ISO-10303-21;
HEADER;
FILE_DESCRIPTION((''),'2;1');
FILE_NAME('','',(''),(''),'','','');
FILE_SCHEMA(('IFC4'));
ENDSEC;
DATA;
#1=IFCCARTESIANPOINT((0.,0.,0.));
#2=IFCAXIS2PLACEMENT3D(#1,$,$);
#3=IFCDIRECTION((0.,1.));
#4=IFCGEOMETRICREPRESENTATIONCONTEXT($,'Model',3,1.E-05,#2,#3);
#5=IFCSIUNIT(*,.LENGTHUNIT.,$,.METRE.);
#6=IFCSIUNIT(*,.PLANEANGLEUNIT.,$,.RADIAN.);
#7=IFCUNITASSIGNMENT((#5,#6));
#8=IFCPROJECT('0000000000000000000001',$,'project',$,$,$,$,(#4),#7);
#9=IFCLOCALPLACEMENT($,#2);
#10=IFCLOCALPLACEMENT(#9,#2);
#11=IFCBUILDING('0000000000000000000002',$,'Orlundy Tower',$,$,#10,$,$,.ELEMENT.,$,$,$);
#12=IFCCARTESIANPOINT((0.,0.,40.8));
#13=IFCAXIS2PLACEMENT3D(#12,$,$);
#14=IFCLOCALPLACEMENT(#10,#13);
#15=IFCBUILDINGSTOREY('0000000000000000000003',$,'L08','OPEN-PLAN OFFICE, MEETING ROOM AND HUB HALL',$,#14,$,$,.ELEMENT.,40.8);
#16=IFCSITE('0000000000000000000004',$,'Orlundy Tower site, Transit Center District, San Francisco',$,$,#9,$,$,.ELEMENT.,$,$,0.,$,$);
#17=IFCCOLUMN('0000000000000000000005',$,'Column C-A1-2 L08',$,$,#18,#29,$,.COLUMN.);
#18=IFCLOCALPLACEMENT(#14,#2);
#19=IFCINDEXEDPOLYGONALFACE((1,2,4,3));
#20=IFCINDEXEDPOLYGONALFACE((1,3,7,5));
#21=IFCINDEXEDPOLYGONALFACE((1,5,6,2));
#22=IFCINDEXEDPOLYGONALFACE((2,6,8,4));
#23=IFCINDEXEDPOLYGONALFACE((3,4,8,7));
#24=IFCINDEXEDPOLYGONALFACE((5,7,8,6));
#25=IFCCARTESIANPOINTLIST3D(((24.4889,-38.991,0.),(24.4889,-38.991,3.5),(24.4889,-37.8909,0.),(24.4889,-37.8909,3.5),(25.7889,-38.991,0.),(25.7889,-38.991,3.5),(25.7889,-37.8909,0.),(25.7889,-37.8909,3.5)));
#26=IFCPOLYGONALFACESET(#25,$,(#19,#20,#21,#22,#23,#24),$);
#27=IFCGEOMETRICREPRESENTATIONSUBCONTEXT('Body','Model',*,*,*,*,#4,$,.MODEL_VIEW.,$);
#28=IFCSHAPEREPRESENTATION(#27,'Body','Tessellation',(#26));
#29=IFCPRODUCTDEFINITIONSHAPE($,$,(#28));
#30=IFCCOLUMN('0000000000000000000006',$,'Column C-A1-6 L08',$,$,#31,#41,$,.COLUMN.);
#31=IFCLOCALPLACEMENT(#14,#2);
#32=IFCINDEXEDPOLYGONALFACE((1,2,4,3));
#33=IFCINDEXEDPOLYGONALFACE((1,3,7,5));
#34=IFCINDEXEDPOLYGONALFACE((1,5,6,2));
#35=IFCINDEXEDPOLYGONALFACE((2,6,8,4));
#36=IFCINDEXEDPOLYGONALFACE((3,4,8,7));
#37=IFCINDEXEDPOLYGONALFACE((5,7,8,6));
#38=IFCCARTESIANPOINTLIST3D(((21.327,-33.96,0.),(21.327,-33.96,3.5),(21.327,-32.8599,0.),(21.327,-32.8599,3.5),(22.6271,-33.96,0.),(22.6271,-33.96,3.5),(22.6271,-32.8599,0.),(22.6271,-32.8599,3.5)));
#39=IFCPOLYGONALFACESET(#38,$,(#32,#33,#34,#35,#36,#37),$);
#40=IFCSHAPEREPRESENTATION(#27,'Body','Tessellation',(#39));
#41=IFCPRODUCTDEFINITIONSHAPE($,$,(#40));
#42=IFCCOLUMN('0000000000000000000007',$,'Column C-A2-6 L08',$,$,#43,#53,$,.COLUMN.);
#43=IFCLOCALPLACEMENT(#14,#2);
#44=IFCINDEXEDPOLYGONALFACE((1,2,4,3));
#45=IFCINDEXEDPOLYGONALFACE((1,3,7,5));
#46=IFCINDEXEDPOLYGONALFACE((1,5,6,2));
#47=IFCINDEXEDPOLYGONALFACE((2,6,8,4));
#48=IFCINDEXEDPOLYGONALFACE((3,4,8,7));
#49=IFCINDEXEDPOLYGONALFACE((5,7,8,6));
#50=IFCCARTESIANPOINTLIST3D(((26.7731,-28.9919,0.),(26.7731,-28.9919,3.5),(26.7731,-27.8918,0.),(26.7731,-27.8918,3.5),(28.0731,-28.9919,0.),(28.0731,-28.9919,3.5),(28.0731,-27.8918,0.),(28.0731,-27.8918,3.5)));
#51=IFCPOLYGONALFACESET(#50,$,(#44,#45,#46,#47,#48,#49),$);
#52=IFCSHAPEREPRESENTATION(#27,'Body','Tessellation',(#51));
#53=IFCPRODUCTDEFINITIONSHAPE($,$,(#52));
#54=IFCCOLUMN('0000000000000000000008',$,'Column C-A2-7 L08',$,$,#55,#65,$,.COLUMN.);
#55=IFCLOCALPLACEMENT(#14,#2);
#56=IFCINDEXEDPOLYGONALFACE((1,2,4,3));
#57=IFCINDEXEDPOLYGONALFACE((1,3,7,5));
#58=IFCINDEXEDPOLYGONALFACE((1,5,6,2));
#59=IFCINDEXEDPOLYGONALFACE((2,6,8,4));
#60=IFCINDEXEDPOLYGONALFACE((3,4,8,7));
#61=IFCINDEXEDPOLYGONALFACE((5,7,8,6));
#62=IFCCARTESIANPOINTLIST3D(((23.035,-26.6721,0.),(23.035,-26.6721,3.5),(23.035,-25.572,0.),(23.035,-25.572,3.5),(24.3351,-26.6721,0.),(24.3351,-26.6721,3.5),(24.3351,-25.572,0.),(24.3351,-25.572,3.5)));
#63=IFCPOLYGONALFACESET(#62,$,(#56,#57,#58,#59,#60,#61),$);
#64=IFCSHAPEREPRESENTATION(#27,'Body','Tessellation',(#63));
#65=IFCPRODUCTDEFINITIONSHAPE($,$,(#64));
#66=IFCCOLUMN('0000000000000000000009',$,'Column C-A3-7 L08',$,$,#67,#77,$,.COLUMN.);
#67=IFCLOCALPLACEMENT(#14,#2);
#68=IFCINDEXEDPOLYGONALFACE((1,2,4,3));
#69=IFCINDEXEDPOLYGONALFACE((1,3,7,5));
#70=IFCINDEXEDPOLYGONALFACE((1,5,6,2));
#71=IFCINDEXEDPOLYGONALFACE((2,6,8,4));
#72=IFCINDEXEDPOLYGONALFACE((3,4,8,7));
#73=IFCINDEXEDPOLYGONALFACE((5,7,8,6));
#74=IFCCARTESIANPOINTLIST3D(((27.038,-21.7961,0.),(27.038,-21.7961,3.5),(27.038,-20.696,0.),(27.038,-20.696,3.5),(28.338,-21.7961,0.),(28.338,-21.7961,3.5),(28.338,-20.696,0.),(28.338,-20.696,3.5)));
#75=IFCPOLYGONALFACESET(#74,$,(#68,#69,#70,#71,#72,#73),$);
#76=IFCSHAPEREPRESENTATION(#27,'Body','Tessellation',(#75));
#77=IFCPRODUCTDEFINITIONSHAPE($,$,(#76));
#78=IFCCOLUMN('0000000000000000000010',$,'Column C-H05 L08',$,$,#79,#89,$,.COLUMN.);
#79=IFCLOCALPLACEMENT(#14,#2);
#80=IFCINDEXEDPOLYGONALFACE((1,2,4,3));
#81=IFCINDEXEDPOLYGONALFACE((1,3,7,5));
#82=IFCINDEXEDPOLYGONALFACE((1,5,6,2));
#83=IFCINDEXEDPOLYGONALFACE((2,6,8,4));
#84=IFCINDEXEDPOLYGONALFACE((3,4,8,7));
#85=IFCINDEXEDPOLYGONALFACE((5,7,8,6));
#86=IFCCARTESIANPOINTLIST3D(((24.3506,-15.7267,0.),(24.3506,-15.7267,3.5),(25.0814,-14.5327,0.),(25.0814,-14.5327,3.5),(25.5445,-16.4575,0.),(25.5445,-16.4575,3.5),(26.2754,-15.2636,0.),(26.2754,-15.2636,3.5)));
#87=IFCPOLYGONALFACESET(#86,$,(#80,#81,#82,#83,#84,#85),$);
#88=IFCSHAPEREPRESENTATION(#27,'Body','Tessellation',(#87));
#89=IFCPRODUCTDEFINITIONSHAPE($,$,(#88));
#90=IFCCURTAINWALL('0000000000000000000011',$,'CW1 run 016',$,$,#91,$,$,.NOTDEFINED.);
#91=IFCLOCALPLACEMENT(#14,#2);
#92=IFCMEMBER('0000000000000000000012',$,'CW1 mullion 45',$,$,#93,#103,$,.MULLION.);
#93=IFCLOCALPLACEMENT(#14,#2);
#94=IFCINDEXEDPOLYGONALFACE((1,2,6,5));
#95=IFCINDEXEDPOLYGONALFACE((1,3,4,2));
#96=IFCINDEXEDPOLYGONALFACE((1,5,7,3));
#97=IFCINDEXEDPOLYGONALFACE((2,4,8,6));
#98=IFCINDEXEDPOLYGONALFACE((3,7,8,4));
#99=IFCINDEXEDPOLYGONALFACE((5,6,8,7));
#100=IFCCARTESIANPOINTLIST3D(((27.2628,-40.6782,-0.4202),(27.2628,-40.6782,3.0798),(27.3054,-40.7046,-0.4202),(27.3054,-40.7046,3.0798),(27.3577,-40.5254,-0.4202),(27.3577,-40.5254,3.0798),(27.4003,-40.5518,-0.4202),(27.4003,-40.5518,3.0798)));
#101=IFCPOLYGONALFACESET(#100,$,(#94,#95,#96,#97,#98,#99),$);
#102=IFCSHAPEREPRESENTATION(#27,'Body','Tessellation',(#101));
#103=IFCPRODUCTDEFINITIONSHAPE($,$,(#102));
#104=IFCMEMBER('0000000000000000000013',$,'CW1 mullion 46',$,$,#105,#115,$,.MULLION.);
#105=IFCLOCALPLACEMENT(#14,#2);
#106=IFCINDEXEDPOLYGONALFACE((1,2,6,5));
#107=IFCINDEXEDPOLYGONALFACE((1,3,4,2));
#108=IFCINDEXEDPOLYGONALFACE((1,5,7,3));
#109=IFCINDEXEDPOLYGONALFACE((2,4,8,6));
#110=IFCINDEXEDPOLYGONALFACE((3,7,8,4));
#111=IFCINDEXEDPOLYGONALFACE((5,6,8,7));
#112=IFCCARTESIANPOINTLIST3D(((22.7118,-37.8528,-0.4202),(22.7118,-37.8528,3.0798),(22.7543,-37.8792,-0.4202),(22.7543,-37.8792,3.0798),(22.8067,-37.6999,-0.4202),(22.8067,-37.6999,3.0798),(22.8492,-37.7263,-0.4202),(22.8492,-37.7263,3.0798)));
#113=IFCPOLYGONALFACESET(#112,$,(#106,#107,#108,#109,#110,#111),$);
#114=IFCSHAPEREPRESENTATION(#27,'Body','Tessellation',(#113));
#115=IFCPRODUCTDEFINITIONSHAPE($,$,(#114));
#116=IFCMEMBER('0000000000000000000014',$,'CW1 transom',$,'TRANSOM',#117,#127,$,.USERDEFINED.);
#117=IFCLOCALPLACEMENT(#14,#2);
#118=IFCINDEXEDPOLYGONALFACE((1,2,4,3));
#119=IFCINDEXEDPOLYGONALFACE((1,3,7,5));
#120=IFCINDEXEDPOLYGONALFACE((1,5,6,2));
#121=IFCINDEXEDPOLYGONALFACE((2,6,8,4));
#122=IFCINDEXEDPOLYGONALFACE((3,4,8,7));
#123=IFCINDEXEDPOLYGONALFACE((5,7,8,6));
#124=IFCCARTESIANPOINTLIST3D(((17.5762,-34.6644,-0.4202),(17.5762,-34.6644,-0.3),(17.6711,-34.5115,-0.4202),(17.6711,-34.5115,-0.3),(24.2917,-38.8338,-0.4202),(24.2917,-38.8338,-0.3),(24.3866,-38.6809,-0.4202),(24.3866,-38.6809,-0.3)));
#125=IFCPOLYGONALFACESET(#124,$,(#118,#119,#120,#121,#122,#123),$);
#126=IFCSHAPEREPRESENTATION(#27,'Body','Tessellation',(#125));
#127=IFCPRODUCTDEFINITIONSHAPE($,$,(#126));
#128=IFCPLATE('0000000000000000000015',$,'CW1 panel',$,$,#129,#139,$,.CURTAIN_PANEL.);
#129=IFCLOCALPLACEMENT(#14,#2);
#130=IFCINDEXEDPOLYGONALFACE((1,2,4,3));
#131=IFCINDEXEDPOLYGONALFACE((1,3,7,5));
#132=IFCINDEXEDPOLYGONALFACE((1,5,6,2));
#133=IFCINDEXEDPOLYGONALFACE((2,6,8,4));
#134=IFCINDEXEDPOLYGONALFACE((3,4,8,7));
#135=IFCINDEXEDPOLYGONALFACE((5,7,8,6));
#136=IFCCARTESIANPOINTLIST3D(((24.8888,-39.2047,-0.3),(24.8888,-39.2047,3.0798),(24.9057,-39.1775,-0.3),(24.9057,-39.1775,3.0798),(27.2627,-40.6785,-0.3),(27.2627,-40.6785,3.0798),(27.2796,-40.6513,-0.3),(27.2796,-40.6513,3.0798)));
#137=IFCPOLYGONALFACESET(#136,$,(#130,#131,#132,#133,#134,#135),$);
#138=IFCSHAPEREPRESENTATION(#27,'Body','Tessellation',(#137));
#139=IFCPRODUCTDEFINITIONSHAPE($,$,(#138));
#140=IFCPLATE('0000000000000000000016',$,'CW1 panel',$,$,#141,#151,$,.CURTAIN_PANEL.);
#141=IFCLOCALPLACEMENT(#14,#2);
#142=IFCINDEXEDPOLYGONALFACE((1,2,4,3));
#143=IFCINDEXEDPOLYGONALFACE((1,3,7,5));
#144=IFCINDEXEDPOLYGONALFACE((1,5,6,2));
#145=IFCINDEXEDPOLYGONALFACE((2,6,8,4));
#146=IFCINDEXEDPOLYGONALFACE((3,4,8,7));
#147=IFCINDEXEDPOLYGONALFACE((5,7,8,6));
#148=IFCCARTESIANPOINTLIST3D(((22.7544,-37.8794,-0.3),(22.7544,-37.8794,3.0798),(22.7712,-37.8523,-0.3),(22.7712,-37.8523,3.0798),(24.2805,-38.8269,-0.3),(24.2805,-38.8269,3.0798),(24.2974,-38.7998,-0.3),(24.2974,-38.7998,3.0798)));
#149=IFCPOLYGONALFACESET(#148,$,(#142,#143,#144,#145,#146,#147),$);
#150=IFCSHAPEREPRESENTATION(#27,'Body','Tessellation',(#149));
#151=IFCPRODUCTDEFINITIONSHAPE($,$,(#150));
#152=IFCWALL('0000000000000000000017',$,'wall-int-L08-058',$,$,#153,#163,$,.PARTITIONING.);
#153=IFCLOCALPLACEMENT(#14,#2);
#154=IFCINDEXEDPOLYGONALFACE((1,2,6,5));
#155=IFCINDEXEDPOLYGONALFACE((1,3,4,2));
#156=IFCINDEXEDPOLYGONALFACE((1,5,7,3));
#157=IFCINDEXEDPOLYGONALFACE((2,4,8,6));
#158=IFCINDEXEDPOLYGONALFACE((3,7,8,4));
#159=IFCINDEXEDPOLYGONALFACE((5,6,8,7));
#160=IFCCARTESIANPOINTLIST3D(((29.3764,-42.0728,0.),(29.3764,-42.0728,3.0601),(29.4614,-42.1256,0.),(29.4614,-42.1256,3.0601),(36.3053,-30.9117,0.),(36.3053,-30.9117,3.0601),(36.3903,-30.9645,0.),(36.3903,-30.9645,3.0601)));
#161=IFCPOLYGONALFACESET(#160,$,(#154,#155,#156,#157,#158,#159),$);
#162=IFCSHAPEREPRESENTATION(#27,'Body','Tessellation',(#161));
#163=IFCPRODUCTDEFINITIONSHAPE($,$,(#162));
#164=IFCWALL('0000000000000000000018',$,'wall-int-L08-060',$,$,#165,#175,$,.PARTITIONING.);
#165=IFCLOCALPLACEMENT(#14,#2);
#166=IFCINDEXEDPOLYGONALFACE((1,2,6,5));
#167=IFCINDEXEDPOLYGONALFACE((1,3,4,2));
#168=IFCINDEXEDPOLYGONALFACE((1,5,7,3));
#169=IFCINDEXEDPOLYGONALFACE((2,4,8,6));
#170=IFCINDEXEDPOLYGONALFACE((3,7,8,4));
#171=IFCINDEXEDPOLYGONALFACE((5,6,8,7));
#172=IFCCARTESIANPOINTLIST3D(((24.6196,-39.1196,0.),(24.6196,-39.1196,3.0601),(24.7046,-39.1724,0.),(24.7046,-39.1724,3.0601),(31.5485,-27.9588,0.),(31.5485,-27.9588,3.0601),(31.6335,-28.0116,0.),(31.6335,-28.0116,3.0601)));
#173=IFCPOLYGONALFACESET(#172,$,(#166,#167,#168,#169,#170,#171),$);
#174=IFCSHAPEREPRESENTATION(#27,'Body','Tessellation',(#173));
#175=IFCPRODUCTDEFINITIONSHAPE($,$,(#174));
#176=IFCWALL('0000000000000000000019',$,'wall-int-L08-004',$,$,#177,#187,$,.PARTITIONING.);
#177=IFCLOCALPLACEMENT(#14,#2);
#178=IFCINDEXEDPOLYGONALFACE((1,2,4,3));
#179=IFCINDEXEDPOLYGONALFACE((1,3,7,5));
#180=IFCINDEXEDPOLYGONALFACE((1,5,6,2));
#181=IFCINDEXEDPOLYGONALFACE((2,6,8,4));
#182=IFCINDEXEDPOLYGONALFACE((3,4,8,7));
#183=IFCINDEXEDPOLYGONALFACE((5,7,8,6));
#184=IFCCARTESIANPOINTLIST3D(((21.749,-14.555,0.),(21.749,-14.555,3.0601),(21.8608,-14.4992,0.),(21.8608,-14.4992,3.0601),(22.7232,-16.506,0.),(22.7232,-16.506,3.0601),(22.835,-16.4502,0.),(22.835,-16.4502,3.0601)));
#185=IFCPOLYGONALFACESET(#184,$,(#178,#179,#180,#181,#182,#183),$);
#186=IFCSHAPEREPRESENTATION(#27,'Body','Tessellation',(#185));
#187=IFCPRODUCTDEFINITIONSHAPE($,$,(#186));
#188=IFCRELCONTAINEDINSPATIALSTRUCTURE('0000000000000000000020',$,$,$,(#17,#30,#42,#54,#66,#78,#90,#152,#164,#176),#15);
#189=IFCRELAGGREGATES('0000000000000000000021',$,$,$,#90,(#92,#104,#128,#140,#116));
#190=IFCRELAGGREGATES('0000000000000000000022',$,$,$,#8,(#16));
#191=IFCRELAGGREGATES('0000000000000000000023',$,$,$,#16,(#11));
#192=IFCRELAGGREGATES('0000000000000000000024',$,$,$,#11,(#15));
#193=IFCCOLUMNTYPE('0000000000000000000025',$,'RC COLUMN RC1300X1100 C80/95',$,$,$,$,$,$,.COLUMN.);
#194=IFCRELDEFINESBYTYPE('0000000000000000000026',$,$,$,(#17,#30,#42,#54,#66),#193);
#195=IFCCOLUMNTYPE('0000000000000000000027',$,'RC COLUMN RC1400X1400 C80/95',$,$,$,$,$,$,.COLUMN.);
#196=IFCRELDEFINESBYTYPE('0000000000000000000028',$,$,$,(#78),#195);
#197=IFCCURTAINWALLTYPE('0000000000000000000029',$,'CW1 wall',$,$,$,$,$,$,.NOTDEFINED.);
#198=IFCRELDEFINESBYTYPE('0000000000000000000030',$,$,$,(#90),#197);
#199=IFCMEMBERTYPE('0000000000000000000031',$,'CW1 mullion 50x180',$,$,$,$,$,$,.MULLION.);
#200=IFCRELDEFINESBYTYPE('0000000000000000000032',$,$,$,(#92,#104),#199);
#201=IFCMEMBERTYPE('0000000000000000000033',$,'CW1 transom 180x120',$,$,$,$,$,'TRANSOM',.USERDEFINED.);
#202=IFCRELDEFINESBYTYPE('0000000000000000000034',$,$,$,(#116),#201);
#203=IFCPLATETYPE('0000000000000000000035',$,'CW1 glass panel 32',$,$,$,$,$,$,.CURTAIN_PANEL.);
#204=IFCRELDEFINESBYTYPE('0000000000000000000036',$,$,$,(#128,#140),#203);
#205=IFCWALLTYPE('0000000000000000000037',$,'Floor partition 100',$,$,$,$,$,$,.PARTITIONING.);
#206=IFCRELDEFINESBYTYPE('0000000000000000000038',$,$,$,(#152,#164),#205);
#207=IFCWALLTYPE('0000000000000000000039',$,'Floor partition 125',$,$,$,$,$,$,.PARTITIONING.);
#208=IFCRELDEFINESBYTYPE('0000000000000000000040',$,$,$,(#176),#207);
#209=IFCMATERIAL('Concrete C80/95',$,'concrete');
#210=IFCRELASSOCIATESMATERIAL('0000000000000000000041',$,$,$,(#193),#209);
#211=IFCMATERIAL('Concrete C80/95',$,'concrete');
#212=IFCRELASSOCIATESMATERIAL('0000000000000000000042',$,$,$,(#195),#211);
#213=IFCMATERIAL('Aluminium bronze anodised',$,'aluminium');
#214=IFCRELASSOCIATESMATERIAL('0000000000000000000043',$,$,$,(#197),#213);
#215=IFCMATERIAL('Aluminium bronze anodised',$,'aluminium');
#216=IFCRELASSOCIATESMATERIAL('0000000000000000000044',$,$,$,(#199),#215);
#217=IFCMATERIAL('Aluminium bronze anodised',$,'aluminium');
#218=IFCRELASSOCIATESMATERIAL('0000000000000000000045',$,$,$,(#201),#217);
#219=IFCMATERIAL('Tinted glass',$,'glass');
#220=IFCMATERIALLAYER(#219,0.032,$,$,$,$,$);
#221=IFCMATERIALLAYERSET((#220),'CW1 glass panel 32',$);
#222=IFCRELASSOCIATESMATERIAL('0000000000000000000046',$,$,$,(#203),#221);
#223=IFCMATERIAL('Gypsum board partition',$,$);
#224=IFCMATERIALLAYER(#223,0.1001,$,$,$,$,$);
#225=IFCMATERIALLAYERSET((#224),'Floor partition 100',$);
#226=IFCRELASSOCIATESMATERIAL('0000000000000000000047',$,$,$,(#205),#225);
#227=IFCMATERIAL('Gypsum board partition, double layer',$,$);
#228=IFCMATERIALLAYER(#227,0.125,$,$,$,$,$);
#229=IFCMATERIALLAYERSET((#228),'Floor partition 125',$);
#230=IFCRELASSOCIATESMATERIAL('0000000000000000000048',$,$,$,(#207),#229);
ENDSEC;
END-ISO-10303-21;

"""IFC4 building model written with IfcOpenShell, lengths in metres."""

from ifc_helpers import new_model, si_unit, direction, frame, frame_2d, origin, origin_2d, place, context, subcontext, project, spatial, rectangle, extrude, material, layer, layer_set, material_profile, profile_set, type_object, element, aggregate, save


model = new_model("IFC4")

# Units and contexts
model_context = context("Model", 3, precision=1e-05, world=origin(), true_north=direction((0.0, 1.0)))
body_context = subcontext(model_context, "Body", "Model", "MODEL_VIEW")
ifc_project = project(units=[si_unit("LENGTHUNIT", "METRE"), si_unit("PLANEANGLEUNIT", "RADIAN")], contexts=[model_context])

# Site, building, storey
site_placement = place(None, origin())
site = spatial("IfcSite", under=ifc_project, at=site_placement, Name="Orlundy Tower site, Transit Center District, San Francisco", CompositionType="ELEMENT", RefElevation=0.0)
building_placement = place(site_placement, origin())
building = spatial("IfcBuilding", under=site, at=building_placement, Name="Orlundy Tower", CompositionType="ELEMENT")
storey_placement = place(building_placement, frame((0.0, 0.0, 40.8)))
storey = spatial("IfcBuildingStorey", under=building, at=storey_placement, Name="L08", Description="OPEN-PLAN OFFICE, MEETING ROOM AND HUB HALL", CompositionType="ELEMENT", Elevation=40.8)

# Columns
ifc_material_1 = material(Name="Concrete C80/95", Category="concrete")
ifc_material_profile_1 = material_profile(ifc_material_1, rectangle(XDim=1.3, YDim=1.1001, at=origin_2d()), Name="RC1300X1100")
ifc_profile_set_1 = profile_set([ifc_material_profile_1], Name="Concrete C80/95")
column_type_1 = type_object("IfcColumnType", Name="RC COLUMN RC1300X1100 C80/95", PredefinedType="COLUMN", material=ifc_profile_set_1)
for number, where, z_axis, x_axis, name in (
    (1, (25.1389, -38.4409, 0.0), (0.0, 0.0, 1.0), (1.0, 0.0, 0.0), "Column C-A1-2 L08"),
    (2, (21.9771, -33.4099, 0.0), (0.0, 0.0, 1.0), (1.0, 0.0, 0.0), "Column C-A1-6 L08"),
    (3, (27.4231, -28.4419, 0.0), (0.0, 0.0, 1.0), (1.0, 0.0, 0.0), "Column C-A2-6 L08"),
    (4, (23.6851, -26.1221, 0.0), (0.0, 0.0, 1.0), (1.0, 0.0, 0.0), "Column C-A2-7 L08"),
    (5, (27.688, -21.2461, 0.0), (0.0, 0.0, 1.0), (1.0, 0.0, 0.0), "Column C-A3-7 L08"),
):
    element("IfcColumn", number, at=place(storey_placement, frame(where, z_axis=z_axis, x_axis=x_axis)), inside=storey, type_object=column_type_1, Name=name, PredefinedType="COLUMN", context=body_context, shape_type="SweptSolid", body=[
        extrude(rectangle(XDim=1.3, YDim=1.1001, at=origin_2d()), origin(), (0.0, 0.0, 1.0), 3.5),
    ])
ifc_material_2 = material(Name="Concrete C80/95", Category="concrete")
ifc_material_profile_2 = material_profile(ifc_material_2, rectangle(XDim=1.3999, YDim=1.3999, at=origin_2d()), Name="RC1400X1400")
ifc_profile_set_2 = profile_set([ifc_material_profile_2], Name="Concrete C80/95")
column_type_2 = type_object("IfcColumnType", Name="RC COLUMN RC1400X1400 C80/95", PredefinedType="COLUMN", material=ifc_profile_set_2)
column_placement = place(storey_placement, frame((25.313, -15.4951, 0.0), z_axis=(0.0, 0.0, 1.0), x_axis=(0.852895, -0.522082, 0.0)))
element("IfcColumn", 6, at=column_placement, inside=storey, type_object=column_type_2, Name="Column C-H05 L08", PredefinedType="COLUMN", context=body_context, shape_type="SweptSolid", body=[
    extrude(rectangle(XDim=1.3999, YDim=1.3999, at=origin_2d()), origin(), (0.0, 0.0, 1.0), 3.5),
])

# Curtain wall, members, plates
ifc_material_3 = material(Name="Aluminium bronze anodised", Category="aluminium")
curtain_wall_type = type_object("IfcCurtainWallType", Name="CW1 wall", PredefinedType="NOTDEFINED", material=ifc_material_3)
curtain_wall_placement = place(storey_placement, origin())
curtain_wall = element("IfcCurtainWall", 7, at=curtain_wall_placement, inside=storey, type_object=curtain_wall_type, Name="CW1 run 016", PredefinedType="NOTDEFINED")
ifc_material_4 = material(Name="Aluminium bronze anodised", Category="aluminium")
ifc_material_profile_3 = material_profile(ifc_material_4, rectangle(XDim=0.1799, YDim=0.05, at=origin_2d()), Name="CW1 mullion 50x180")
ifc_profile_set_3 = profile_set([ifc_material_profile_3], Name="Aluminium bronze anodised")
member_type_1 = type_object("IfcMemberType", Name="CW1 mullion 50x180", PredefinedType="MULLION", material=ifc_profile_set_3)
member_1_placement = place(storey_placement, frame((27.3315, -40.615, -0.4202), z_axis=(0.0, 0.0, 1.0), x_axis=(-0.527449, -0.849587, 0.0)))
member_1 = element("IfcMember", 8, at=member_1_placement, type_object=member_type_1, Name="CW1 mullion 45", PredefinedType="MULLION", context=body_context, shape_type="SweptSolid", body=[
    extrude(rectangle(XDim=0.1799, YDim=0.05, at=origin_2d()), origin(), (0.0, 0.0, 1.0), 3.5),
])
member_2_placement = place(storey_placement, frame((22.7805, -37.7896, -0.4202), z_axis=(0.0, 0.0, 1.0), x_axis=(-0.527449, -0.849587, 0.0)))
member_2 = element("IfcMember", 9, at=member_2_placement, type_object=member_type_1, Name="CW1 mullion 46", PredefinedType="MULLION", context=body_context, shape_type="SweptSolid", body=[
    extrude(rectangle(XDim=0.1799, YDim=0.05, at=origin_2d()), origin(), (0.0, 0.0, 1.0), 3.5),
])
ifc_material_5 = material(Name="Aluminium bronze anodised", Category="aluminium")
ifc_material_profile_4 = material_profile(ifc_material_5, rectangle(XDim=0.1799, YDim=0.1201, at=origin_2d()), Name="CW1 transom 180x120")
ifc_profile_set_4 = profile_set([ifc_material_profile_4], Name="Aluminium bronze anodised")
member_type_2 = type_object("IfcMemberType", Name="CW1 transom 180x120", ElementType="TRANSOM", PredefinedType="USERDEFINED", material=ifc_profile_set_4)
member_3_placement = place(storey_placement, frame((24.3391, -38.7573, -0.3601), z_axis=(-0.849575, 0.527467, 0.0), x_axis=(-0.527467, -0.849575, 0.0)))
member_3 = element("IfcMember", 10, at=member_3_placement, type_object=member_type_2, Name="CW1 transom", ObjectType="TRANSOM", PredefinedType="USERDEFINED", context=body_context, shape_type="SweptSolid", body=[
    extrude(rectangle(XDim=0.1799, YDim=0.1201, at=origin_2d()), origin(), (0.0, 0.0, 1.0), 7.9045),
])
ifc_material_6 = material(Name="Tinted glass", Category="glass")
ifc_layer_1 = layer(ifc_material_6, 0.032)
ifc_layer_set_1 = layer_set([ifc_layer_1], Name="CW1 glass panel 32")
plate_type = type_object("IfcPlateType", Name="CW1 glass panel 32", PredefinedType="CURTAIN_PANEL", material=ifc_layer_set_1)
plate_1_placement = place(storey_placement, frame((26.0842, -39.928, -0.3), z_axis=(0.0, 0.0, 1.0), x_axis=(-0.849587, 0.527449, 0.0)))
plate_1 = element("IfcPlate", 11, at=plate_1_placement, type_object=plate_type, Name="CW1 panel", PredefinedType="CURTAIN_PANEL", context=body_context, shape_type="SweptSolid", body=[
    extrude(rectangle(XDim=2.7942, YDim=0.032, at=origin_2d()), origin(), (0.0, 0.0, 1.0), 3.3799),
])
plate_2_placement = place(storey_placement, frame((23.5259, -38.3396, -0.3), z_axis=(0.0, 0.0, 1.0), x_axis=(-0.849587, 0.527449, 0.0)))
plate_2 = element("IfcPlate", 12, at=plate_2_placement, type_object=plate_type, Name="CW1 panel", PredefinedType="CURTAIN_PANEL", context=body_context, shape_type="SweptSolid", body=[
    extrude(rectangle(XDim=1.7964, YDim=0.032, at=origin_2d()), origin(), (0.0, 0.0, 1.0), 3.3799),
])
aggregate(curtain_wall, [member_1, member_2, plate_1, plate_2, member_3])

# Walls
ifc_material_7 = material(Name="Gypsum board partition")
ifc_layer_2 = layer(ifc_material_7, 0.1001)
ifc_layer_set_2 = layer_set([ifc_layer_2], Name="Floor partition 100")
wall_type_1 = type_object("IfcWallType", Name="Floor partition 100", PredefinedType="PARTITIONING", material=ifc_layer_set_2)
wall_1_placement = place(storey_placement, frame((29.4189, -42.0991, 0.0), z_axis=(0.0, 0.0, 1.0), x_axis=(0.527437, 0.849594, 0.0)))
element("IfcWall", 13, at=wall_1_placement, inside=storey, type_object=wall_type_1, Name="wall-int-L08-058", PredefinedType="PARTITIONING", context=body_context, shape_type="SweptSolid", body=[
    extrude(rectangle(XDim=13.137, YDim=0.1001, at=frame_2d((6.5684, 0.0))), origin(), (0.0, 0.0, 1.0), 3.0601),
])
wall_2_placement = place(storey_placement, frame((24.6621, -39.146, 0.0), z_axis=(0.0, 0.0, 1.0), x_axis=(0.527446, 0.849589, 0.0)))
element("IfcWall", 14, at=wall_2_placement, inside=storey, type_object=wall_type_1, Name="wall-int-L08-060", PredefinedType="PARTITIONING", context=body_context, shape_type="SweptSolid", body=[
    extrude(rectangle(XDim=13.1367, YDim=0.1001, at=frame_2d((6.5684, 0.0))), origin(), (0.0, 0.0, 1.0), 3.0601),
])
ifc_material_8 = material(Name="Gypsum board partition, double layer")
ifc_layer_3 = layer(ifc_material_8, 0.125)
ifc_layer_set_3 = layer_set([ifc_layer_3], Name="Floor partition 125")
wall_type_2 = type_object("IfcWallType", Name="Floor partition 125", PredefinedType="PARTITIONING", material=ifc_layer_set_3)
wall_3_placement = place(storey_placement, frame((21.8049, -14.5271, 0.0), z_axis=(0.0, 0.0, 1.0), x_axis=(0.446721, -0.894673, 0.0)))
element("IfcWall", 15, at=wall_3_placement, inside=storey, type_object=wall_type_2, Name="wall-int-L08-004", PredefinedType="PARTITIONING", context=body_context, shape_type="SweptSolid", body=[
    extrude(rectangle(XDim=2.1807, YDim=0.125, at=frame_2d((1.0903, 0.0))), origin(), (0.0, 0.0, 1.0), 3.0601),
])

save(model, "model.ifc")
